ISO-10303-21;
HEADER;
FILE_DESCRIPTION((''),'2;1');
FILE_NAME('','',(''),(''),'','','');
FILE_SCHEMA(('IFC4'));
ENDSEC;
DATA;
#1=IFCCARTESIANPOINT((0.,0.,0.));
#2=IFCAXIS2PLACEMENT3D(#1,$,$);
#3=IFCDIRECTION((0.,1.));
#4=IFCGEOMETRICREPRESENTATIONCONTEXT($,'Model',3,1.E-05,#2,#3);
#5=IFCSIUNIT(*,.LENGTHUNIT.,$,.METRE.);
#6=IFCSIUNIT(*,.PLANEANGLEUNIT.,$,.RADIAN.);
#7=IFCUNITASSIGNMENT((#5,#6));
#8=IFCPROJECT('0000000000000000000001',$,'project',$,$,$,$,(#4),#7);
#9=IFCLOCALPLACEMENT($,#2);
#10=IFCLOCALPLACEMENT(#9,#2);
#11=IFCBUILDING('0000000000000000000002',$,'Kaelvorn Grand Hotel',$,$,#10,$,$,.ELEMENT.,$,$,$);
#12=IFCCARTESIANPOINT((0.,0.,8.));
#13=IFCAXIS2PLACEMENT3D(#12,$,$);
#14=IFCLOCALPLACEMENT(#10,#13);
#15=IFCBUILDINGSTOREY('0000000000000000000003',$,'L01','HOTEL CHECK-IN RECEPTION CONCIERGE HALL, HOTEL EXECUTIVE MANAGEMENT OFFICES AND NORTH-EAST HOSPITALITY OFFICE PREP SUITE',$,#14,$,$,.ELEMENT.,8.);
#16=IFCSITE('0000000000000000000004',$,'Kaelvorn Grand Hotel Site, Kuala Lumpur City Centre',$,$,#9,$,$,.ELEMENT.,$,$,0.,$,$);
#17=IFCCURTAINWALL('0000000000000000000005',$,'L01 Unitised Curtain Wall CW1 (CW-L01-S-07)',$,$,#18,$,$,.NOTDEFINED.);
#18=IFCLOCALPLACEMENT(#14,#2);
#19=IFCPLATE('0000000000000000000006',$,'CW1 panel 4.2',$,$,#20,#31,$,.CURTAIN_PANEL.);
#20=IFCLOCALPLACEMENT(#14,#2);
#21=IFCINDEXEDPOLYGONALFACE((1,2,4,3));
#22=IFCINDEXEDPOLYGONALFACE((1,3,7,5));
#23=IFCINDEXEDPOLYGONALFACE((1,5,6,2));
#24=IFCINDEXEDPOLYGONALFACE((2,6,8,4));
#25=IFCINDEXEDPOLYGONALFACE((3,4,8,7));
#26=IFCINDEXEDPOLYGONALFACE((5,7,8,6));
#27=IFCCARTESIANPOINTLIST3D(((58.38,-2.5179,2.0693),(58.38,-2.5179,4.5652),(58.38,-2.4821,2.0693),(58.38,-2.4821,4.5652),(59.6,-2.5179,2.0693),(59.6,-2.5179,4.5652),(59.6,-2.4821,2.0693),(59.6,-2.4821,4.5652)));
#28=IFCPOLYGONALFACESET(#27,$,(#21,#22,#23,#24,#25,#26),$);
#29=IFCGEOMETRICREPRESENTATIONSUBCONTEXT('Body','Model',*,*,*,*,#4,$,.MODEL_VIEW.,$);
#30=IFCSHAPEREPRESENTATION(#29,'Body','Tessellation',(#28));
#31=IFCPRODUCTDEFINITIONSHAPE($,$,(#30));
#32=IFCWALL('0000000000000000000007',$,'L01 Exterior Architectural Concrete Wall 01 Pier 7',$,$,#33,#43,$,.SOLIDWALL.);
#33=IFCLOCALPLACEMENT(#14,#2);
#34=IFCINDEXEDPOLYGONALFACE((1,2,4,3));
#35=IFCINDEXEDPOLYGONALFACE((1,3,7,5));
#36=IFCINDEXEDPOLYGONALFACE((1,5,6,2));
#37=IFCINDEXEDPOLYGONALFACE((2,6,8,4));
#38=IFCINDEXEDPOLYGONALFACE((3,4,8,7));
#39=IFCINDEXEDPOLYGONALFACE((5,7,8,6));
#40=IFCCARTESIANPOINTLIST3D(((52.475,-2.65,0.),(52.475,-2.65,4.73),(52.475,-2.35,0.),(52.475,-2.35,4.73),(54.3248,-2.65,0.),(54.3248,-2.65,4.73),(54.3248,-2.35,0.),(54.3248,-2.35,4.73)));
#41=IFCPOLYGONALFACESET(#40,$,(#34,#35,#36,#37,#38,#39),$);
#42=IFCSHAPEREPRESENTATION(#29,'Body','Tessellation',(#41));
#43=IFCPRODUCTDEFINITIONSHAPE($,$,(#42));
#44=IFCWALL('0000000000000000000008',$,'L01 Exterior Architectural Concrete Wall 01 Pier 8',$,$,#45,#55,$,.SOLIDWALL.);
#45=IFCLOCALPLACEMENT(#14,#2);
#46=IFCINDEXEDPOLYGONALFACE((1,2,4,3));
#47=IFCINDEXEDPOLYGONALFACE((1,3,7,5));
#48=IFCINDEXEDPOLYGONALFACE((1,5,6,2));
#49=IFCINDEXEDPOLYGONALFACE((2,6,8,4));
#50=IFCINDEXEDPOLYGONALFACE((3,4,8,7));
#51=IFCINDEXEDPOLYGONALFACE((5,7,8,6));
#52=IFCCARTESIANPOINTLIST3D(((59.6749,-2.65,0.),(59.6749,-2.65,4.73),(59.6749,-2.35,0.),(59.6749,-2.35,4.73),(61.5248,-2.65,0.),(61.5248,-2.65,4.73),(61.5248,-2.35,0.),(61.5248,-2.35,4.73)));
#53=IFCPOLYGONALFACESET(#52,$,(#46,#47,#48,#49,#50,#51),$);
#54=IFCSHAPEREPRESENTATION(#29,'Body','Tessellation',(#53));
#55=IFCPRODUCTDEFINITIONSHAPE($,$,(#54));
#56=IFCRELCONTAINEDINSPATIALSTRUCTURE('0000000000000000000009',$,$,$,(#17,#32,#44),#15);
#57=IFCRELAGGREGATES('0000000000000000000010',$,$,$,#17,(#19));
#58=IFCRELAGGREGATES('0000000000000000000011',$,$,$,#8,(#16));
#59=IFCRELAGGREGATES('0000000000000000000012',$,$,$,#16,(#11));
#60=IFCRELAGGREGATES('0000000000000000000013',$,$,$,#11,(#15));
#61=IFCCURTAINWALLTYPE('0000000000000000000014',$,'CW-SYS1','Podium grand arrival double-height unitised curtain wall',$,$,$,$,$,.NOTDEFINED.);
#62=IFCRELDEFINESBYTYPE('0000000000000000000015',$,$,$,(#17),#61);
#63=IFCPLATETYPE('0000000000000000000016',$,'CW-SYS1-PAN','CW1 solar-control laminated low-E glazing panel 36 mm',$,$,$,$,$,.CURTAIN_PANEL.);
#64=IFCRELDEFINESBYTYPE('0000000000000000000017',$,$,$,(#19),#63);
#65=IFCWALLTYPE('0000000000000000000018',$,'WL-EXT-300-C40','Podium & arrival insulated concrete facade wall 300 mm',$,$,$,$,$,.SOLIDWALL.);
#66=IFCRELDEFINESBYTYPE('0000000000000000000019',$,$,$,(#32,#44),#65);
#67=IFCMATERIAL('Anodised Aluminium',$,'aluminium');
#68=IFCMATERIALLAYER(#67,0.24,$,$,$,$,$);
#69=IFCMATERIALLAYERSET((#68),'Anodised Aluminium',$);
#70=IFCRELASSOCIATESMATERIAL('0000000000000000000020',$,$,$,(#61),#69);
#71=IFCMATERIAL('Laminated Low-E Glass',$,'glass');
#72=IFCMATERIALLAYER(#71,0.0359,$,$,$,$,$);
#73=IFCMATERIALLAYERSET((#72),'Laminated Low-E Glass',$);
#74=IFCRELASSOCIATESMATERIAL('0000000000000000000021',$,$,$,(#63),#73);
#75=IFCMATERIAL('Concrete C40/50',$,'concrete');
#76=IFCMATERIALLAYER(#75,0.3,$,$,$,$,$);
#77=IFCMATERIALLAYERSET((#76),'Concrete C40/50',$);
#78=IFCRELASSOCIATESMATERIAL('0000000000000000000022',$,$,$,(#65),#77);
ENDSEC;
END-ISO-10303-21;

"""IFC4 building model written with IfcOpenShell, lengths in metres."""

from ifc_helpers import new_model, si_unit, direction, frame, frame_2d, origin, origin_2d, place, context, subcontext, project, spatial, rectangle, extrude, material, layer, layer_set, type_object, element, aggregate, save


model = new_model("IFC4")

# Units and contexts
model_context = context("Model", 3, precision=1e-05, world=origin(), true_north=direction((0.0, 1.0)))
body_context = subcontext(model_context, "Body", "Model", "MODEL_VIEW")
ifc_project = project(units=[si_unit("LENGTHUNIT", "METRE"), si_unit("PLANEANGLEUNIT", "RADIAN")], contexts=[model_context])

# Site, building, storey
site_placement = place(None, origin())
site = spatial("IfcSite", under=ifc_project, at=site_placement, Name="Kaelvorn Grand Hotel Site, Kuala Lumpur City Centre", CompositionType="ELEMENT", RefElevation=0.0)
building_placement = place(site_placement, origin())
building = spatial("IfcBuilding", under=site, at=building_placement, Name="Kaelvorn Grand Hotel", CompositionType="ELEMENT")
storey_placement = place(building_placement, frame((0.0, 0.0, 8.0)))
storey = spatial("IfcBuildingStorey", under=building, at=storey_placement, Name="L01", Description="HOTEL CHECK-IN RECEPTION CONCIERGE HALL, HOTEL EXECUTIVE MANAGEMENT OFFICES AND NORTH-EAST HOSPITALITY OFFICE PREP SUITE", CompositionType="ELEMENT", Elevation=8.0)

# Curtain wall
ifc_material_1 = material(Name="Anodised Aluminium", Category="aluminium")
ifc_layer_1 = layer(ifc_material_1, 0.24)
ifc_layer_set_1 = layer_set([ifc_layer_1], Name="Anodised Aluminium")
curtain_wall_type = type_object("IfcCurtainWallType", Name="CW-SYS1", Description="Podium grand arrival double-height unitised curtain wall", PredefinedType="NOTDEFINED", material=ifc_layer_set_1)
curtain_wall_1_placement = place(storey_placement, origin())
curtain_wall_1 = element("IfcCurtainWall", 1, at=curtain_wall_1_placement, inside=storey, type_object=curtain_wall_type, Name="L01 Unitised Curtain Wall CW1 (CW-L01-S-07)", PredefinedType="NOTDEFINED")

# Plate
ifc_material_2 = material(Name="Laminated Low-E Glass", Category="glass")
ifc_layer_2 = layer(ifc_material_2, 0.0359)
ifc_layer_set_2 = layer_set([ifc_layer_2], Name="Laminated Low-E Glass")
plate_type = type_object("IfcPlateType", Name="CW-SYS1-PAN", Description="CW1 solar-control laminated low-E glazing panel 36 mm", PredefinedType="CURTAIN_PANEL", material=ifc_layer_set_2)
plate_1_placement = place(storey_placement, frame((58.99, -2.5, 2.0693), z_axis=(0.0, 0.0, 1.0), x_axis=(1.0, 0.0, 0.0)))
plate_1 = element("IfcPlate", 2, at=plate_1_placement, type_object=plate_type, Name="CW1 panel 4.2", PredefinedType="CURTAIN_PANEL", context=body_context, shape_type="SweptSolid", body=[
    extrude(rectangle(XDim=1.22, YDim=0.0359, at=origin_2d()), origin(), (0.0, 0.0, 1.0), 2.4958),
])
aggregate(curtain_wall_1, [plate_1])

# Walls
ifc_material_3 = material(Name="Concrete C40/50", Category="concrete")
ifc_layer_3 = layer(ifc_material_3, 0.3)
ifc_layer_set_3 = layer_set([ifc_layer_3], Name="Concrete C40/50")
wall_type = type_object("IfcWallType", Name="WL-EXT-300-C40", Description="Podium & arrival insulated concrete facade wall 300 mm", PredefinedType="SOLIDWALL", material=ifc_layer_set_3)
for number, where, z_axis, x_axis, name in (
    (3, (52.4751, -2.5, 0.0), (0.0, 0.0, 1.0), (1.0, 0.0, 0.0), "L01 Exterior Architectural Concrete Wall 01 Pier 7"),
    (4, (59.675, -2.5, 0.0), (0.0, 0.0, 1.0), (1.0, 0.0, 0.0), "L01 Exterior Architectural Concrete Wall 01 Pier 8"),
):
    element("IfcWall", number, at=place(storey_placement, frame(where, z_axis=z_axis, x_axis=x_axis)), inside=storey, type_object=wall_type, Name=name, PredefinedType="SOLIDWALL", context=body_context, shape_type="SweptSolid", body=[
        extrude(rectangle(XDim=1.8499, YDim=0.3, at=frame_2d((0.9248, 0.0))), origin(), (0.0, 0.0, 1.0), 4.73),
    ])

save(model, "model.ifc")
